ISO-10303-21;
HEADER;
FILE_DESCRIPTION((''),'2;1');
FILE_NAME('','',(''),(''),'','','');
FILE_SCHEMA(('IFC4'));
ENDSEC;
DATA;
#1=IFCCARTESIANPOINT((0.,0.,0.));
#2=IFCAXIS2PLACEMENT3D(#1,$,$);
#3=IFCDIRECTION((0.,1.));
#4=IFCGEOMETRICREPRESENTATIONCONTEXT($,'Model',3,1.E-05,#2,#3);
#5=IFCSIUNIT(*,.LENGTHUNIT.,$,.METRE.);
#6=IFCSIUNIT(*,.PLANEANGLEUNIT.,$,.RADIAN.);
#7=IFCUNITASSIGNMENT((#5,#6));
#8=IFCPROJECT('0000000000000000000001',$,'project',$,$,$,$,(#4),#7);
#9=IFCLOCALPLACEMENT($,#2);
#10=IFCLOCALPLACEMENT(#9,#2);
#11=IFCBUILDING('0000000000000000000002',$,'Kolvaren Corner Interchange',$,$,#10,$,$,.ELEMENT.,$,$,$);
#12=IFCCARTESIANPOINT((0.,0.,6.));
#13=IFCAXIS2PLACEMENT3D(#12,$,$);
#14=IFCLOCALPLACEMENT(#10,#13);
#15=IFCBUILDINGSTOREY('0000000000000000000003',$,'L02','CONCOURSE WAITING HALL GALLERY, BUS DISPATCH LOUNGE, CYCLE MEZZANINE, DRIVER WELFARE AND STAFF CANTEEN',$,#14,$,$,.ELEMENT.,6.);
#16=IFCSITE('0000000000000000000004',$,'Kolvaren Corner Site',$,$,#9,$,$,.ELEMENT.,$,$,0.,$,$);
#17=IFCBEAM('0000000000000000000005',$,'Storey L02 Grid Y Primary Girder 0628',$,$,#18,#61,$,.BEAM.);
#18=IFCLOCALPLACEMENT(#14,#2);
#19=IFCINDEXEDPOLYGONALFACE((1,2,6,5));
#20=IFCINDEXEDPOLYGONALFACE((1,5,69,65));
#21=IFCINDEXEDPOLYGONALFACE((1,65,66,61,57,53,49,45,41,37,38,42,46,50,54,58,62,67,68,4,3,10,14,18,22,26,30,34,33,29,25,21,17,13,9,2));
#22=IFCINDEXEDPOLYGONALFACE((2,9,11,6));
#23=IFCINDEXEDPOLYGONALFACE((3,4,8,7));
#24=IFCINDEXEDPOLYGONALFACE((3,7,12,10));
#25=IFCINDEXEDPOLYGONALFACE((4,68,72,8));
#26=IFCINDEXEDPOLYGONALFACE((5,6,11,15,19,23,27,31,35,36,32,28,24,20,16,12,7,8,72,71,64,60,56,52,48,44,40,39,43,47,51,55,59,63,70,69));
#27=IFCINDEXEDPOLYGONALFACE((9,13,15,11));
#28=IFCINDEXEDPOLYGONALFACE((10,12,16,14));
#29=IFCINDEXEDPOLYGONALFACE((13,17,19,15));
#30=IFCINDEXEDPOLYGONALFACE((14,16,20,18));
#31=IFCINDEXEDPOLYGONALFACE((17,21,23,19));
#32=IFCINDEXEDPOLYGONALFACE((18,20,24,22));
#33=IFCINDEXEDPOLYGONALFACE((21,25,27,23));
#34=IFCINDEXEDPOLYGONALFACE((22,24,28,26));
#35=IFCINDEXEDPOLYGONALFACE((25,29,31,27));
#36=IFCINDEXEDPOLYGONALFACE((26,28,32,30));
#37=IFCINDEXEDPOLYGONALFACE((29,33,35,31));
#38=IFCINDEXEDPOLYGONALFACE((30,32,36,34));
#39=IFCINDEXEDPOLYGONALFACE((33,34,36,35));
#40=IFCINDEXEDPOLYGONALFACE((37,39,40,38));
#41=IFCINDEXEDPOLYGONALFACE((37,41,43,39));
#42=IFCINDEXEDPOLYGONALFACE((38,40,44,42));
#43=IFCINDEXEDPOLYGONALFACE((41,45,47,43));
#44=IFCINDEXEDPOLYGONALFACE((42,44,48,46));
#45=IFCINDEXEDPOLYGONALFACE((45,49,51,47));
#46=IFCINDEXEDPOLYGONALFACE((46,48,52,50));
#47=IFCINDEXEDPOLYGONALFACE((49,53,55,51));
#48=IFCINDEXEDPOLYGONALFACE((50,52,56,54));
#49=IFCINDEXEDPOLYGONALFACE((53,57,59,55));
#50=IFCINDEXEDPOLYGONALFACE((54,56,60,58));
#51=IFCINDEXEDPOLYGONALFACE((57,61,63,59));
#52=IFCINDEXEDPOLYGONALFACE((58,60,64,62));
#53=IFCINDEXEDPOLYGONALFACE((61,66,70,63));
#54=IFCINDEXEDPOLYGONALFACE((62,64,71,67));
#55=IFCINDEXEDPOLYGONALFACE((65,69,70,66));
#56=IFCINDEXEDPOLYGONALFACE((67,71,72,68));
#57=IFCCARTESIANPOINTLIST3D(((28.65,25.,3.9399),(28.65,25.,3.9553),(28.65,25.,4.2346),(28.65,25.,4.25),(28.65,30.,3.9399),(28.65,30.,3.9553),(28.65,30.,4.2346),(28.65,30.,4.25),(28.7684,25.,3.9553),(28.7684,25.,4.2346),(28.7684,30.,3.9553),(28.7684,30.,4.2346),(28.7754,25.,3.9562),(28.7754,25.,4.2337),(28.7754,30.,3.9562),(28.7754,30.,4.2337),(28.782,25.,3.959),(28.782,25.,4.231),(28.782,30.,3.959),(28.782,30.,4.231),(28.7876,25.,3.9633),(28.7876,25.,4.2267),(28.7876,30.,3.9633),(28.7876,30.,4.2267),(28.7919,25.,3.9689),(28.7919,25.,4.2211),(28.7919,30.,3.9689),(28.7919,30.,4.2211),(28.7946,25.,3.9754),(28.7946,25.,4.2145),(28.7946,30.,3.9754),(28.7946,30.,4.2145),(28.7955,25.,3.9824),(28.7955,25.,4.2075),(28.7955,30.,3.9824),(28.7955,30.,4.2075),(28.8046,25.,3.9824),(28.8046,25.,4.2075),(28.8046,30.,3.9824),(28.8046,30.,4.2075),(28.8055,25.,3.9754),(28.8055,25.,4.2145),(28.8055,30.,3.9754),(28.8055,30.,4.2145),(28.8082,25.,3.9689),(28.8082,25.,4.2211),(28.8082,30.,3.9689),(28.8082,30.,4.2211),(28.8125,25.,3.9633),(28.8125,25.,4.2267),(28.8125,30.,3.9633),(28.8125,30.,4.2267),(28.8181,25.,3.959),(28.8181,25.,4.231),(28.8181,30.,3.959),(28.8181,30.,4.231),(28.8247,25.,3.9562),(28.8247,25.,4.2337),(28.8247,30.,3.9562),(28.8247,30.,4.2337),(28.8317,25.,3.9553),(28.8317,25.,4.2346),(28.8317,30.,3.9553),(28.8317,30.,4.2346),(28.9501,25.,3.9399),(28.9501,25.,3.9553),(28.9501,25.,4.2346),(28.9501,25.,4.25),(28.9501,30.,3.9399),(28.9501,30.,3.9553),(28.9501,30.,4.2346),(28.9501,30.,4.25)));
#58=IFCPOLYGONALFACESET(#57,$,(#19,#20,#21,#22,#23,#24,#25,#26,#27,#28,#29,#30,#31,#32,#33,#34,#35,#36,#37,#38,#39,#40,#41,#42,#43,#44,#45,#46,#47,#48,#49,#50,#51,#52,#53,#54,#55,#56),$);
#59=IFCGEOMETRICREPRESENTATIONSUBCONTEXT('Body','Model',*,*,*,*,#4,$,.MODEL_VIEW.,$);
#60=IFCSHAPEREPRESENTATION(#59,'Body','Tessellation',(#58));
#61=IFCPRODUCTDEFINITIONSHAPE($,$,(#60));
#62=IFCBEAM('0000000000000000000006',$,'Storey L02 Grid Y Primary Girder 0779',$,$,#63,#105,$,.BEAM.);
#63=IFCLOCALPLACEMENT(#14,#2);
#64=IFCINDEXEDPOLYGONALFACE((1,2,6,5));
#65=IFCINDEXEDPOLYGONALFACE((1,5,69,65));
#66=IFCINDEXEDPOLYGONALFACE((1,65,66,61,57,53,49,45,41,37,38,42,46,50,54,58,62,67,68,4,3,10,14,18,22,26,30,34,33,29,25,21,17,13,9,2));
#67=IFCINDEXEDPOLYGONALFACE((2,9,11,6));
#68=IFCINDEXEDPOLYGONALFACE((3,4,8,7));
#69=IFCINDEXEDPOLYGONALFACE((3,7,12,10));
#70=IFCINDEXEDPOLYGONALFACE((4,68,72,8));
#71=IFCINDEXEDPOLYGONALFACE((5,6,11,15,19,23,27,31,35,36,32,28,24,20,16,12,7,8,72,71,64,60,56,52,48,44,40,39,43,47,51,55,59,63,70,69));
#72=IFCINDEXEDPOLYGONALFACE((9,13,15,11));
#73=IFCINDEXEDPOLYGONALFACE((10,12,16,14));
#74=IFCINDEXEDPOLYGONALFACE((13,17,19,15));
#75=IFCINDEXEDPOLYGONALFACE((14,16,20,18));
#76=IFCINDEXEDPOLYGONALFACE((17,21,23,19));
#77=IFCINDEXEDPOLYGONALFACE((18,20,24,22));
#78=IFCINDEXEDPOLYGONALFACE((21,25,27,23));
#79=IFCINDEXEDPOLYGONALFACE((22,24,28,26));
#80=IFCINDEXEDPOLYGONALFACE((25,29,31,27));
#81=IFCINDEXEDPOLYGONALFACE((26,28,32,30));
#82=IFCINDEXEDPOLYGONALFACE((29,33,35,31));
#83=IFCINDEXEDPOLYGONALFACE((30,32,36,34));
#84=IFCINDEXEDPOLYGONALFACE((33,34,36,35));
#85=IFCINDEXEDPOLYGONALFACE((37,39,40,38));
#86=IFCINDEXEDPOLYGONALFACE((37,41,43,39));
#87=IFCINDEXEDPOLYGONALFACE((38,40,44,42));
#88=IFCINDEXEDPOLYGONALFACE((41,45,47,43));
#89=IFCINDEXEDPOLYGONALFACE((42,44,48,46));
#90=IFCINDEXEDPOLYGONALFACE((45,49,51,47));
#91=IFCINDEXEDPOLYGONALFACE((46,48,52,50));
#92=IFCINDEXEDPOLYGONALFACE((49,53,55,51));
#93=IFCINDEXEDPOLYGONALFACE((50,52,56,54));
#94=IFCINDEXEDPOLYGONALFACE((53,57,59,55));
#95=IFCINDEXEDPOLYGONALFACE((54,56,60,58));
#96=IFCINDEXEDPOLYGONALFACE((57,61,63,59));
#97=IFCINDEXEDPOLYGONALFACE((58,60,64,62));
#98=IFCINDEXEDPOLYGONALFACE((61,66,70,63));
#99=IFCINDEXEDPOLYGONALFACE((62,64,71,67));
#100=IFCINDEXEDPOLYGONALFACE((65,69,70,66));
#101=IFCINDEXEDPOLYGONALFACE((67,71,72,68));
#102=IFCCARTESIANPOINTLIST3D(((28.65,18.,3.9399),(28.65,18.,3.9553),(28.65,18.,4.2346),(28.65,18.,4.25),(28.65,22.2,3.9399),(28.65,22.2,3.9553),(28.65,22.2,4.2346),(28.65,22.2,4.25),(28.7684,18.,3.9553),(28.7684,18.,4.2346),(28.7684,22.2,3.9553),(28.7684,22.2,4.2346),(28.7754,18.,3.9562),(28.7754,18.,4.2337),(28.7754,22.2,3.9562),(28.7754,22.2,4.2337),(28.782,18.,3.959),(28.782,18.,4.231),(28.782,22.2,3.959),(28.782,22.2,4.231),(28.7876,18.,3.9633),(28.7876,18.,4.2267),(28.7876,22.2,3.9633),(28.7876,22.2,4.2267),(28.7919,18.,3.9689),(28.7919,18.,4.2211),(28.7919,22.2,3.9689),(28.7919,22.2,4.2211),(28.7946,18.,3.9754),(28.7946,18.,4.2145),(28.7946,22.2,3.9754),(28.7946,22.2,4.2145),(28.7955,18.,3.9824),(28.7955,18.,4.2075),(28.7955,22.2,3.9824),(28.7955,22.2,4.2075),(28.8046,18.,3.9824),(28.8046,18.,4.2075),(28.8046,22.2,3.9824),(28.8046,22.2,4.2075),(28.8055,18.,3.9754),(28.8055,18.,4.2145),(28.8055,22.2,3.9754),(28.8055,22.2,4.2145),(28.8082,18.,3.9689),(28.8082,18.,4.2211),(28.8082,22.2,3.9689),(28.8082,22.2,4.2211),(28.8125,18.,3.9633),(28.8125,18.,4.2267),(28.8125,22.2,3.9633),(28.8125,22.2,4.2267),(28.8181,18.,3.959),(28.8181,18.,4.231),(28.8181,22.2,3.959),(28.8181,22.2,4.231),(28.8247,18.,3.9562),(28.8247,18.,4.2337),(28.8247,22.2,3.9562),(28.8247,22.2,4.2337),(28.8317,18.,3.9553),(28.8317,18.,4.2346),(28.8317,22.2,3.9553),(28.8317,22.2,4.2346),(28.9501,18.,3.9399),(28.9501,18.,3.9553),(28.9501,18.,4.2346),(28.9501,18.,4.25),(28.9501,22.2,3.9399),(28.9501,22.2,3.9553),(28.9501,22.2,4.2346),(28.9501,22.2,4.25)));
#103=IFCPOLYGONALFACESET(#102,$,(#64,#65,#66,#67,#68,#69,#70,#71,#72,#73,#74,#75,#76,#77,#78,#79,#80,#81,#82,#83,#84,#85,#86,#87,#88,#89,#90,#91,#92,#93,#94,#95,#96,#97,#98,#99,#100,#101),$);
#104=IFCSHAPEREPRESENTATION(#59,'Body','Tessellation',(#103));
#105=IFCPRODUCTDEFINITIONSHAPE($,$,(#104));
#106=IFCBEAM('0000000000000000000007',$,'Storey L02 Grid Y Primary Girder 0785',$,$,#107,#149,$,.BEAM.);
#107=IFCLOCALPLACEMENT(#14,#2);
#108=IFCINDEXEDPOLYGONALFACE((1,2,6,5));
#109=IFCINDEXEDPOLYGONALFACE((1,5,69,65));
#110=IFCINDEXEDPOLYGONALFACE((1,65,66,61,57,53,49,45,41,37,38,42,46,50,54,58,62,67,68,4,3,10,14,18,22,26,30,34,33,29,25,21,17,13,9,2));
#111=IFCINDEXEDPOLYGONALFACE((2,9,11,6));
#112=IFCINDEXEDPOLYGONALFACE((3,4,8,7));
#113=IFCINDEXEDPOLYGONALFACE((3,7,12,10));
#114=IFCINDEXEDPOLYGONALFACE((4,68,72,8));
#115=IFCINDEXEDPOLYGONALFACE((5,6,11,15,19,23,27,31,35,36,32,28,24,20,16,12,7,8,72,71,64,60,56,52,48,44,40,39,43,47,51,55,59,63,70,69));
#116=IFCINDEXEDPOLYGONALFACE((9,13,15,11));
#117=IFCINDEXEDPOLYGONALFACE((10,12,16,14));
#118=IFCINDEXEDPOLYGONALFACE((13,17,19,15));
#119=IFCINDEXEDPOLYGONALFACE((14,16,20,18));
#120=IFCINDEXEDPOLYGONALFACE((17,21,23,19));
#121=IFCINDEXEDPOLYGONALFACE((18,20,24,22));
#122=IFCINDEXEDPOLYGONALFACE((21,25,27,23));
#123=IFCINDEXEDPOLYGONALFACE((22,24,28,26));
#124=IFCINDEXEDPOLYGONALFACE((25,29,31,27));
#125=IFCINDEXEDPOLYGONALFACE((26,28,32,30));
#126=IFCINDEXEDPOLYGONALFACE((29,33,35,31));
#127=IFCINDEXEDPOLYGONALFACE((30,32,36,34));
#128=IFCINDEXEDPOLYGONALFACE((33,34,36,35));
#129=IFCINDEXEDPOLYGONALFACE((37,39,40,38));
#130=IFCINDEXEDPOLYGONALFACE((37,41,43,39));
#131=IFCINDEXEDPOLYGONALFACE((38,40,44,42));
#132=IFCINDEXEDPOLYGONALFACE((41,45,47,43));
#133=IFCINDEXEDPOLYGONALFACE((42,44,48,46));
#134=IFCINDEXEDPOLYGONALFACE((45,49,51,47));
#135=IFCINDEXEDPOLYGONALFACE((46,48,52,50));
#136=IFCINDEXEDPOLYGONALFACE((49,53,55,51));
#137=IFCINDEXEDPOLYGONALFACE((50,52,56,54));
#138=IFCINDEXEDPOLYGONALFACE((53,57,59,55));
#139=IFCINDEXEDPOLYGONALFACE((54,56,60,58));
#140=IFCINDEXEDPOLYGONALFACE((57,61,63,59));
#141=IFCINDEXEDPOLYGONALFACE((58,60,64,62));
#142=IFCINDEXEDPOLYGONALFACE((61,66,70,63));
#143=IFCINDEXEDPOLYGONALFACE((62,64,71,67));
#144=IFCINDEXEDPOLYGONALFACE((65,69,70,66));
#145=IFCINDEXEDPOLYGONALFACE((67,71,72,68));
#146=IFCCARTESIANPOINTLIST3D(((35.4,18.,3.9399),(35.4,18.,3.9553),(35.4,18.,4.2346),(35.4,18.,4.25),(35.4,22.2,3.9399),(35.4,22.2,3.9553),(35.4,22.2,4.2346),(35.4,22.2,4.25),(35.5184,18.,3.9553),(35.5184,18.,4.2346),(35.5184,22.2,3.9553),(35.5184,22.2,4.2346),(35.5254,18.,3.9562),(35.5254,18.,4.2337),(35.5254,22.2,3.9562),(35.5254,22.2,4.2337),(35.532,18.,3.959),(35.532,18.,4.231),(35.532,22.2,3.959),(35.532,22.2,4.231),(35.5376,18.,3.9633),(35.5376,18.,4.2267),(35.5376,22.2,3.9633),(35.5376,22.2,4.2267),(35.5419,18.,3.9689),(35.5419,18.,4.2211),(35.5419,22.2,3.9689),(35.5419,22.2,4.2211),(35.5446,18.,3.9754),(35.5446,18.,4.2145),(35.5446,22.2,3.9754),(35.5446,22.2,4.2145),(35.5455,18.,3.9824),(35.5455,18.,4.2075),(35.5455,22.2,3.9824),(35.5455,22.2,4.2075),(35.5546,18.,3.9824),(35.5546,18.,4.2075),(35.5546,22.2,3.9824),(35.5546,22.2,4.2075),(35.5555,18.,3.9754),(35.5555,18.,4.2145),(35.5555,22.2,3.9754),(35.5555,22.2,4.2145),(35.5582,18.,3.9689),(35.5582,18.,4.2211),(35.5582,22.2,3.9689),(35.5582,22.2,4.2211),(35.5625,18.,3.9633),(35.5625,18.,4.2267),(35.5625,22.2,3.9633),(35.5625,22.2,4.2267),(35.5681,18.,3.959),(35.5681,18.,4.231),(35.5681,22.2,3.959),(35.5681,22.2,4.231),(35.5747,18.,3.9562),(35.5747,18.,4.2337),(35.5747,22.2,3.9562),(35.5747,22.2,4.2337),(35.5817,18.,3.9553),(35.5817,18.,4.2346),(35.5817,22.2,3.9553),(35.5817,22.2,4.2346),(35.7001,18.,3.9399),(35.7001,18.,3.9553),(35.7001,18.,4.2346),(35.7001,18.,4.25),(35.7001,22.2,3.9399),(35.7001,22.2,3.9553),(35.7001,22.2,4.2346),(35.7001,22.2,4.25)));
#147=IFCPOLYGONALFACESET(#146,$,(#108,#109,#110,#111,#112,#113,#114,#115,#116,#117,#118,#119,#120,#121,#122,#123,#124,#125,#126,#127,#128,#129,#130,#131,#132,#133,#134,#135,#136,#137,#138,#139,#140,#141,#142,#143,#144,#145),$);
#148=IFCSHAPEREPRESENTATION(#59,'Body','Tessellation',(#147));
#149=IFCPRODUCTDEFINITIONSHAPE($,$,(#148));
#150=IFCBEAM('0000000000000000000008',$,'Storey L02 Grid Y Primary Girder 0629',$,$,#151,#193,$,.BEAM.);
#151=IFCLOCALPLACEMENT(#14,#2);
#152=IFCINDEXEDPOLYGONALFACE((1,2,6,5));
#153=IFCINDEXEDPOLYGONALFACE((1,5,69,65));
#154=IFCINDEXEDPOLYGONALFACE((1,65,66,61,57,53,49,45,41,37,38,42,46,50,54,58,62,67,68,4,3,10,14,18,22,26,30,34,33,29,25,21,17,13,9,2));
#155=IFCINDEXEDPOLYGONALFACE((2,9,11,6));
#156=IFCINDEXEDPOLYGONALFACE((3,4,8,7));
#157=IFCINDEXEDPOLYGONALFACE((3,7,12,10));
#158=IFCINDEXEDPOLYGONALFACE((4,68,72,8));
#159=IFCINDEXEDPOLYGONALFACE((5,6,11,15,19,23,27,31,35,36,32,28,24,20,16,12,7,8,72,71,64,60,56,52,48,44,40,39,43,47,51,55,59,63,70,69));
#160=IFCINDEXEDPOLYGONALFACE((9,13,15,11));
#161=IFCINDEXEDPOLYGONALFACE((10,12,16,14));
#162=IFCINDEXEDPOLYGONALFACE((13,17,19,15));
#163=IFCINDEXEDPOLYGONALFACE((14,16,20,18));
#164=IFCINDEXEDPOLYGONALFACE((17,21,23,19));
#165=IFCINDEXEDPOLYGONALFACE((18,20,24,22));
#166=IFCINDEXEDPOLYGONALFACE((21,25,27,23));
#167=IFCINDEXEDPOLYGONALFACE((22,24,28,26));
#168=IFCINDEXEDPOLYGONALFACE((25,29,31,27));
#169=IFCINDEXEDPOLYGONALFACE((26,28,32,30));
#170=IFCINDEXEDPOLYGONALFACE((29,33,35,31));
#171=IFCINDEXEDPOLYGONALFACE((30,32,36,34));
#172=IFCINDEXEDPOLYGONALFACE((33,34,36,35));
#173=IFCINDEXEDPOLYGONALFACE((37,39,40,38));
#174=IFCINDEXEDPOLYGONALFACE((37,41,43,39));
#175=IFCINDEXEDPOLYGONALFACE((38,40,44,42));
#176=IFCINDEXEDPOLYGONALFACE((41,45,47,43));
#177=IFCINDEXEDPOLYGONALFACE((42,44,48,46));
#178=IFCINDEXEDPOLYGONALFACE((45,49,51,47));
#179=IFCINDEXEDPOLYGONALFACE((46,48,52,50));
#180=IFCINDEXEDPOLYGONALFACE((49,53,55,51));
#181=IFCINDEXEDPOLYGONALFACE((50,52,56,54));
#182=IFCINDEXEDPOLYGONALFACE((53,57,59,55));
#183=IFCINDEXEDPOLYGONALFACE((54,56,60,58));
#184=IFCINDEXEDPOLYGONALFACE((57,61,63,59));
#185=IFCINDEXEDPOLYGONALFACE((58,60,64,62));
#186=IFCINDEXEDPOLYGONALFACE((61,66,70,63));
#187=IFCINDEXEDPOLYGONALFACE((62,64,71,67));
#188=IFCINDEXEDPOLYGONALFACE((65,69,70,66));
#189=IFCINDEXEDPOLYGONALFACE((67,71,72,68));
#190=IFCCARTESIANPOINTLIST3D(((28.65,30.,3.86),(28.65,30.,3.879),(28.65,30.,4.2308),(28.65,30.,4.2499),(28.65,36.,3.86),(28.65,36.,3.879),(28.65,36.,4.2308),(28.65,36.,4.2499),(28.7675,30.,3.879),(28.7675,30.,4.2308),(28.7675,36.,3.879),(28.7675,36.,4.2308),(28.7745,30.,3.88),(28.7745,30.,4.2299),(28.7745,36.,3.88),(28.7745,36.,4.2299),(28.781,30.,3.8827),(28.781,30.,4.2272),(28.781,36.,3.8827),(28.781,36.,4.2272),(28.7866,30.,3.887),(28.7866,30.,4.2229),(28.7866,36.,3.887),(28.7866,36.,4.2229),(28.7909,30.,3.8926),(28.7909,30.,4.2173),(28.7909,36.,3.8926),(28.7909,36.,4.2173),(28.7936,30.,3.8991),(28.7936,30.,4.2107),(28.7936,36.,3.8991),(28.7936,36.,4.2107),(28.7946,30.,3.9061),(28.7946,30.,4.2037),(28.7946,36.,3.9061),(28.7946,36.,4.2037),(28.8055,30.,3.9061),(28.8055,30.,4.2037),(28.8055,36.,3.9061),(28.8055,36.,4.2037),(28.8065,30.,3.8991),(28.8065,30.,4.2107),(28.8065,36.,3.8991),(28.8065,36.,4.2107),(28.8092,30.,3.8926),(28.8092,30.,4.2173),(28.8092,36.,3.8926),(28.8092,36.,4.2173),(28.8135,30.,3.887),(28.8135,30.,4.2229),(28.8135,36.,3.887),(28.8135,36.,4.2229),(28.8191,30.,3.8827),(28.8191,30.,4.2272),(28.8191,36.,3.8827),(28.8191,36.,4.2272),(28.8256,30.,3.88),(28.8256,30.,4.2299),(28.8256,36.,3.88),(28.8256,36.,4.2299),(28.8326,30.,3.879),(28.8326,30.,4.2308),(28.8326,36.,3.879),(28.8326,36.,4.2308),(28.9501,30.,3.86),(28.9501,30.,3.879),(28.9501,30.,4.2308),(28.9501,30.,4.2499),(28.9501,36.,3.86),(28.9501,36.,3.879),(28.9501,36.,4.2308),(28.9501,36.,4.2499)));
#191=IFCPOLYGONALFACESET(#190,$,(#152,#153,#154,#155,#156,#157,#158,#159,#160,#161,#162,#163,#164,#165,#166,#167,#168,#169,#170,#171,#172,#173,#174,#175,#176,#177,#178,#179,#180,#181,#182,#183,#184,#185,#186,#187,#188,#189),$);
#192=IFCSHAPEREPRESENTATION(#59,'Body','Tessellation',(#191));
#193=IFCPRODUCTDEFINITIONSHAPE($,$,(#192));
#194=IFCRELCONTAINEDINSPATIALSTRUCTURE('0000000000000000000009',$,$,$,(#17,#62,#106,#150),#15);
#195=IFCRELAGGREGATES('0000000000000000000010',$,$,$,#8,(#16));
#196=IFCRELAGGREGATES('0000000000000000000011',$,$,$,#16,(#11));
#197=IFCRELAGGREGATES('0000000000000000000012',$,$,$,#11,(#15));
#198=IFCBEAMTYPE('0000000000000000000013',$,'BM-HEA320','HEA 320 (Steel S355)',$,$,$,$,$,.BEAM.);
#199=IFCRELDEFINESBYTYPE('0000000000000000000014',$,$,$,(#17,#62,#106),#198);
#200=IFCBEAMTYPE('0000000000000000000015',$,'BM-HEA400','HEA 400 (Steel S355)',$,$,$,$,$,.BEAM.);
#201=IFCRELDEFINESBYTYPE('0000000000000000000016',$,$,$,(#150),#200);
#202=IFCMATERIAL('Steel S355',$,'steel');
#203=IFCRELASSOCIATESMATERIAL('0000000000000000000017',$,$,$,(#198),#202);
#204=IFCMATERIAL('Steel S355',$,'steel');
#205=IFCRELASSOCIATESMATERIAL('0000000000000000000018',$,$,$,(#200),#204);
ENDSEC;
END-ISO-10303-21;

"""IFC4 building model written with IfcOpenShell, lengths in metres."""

from ifc_helpers import new_model, si_unit, direction, frame, origin, origin_2d, place, context, subcontext, project, spatial, i_section, extrude, material, material_profile, profile_set, type_object, element, save


model = new_model("IFC4")

# Units and contexts
model_context = context("Model", 3, precision=1e-05, world=origin(), true_north=direction((0.0, 1.0)))
body_context = subcontext(model_context, "Body", "Model", "MODEL_VIEW")
ifc_project = project(units=[si_unit("LENGTHUNIT", "METRE"), si_unit("PLANEANGLEUNIT", "RADIAN")], contexts=[model_context])

# Site, building, storey
site_placement = place(None, origin())
site = spatial("IfcSite", under=ifc_project, at=site_placement, Name="Kolvaren Corner Site", CompositionType="ELEMENT", RefElevation=0.0)
building_placement = place(site_placement, origin())
building = spatial("IfcBuilding", under=site, at=building_placement, Name="Kolvaren Corner Interchange", CompositionType="ELEMENT")
storey_placement = place(building_placement, frame((0.0, 0.0, 6.0)))
storey = spatial("IfcBuildingStorey", under=building, at=storey_placement, Name="L02", Description="CONCOURSE WAITING HALL GALLERY, BUS DISPATCH LOUNGE, CYCLE MEZZANINE, DRIVER WELFARE AND STAFF CANTEEN", CompositionType="ELEMENT", Elevation=6.0)

# Beams
ifc_material_1 = material(Name="Steel S355", Category="steel")
ifc_material_profile_1 = material_profile(ifc_material_1, i_section(OverallWidth=0.3, OverallDepth=0.3101, WebThickness=0.009, FlangeThickness=0.0154, FilletRadius=0.0271, at=origin_2d()), Name="HEA 320")
ifc_profile_set_1 = profile_set([ifc_material_profile_1], Name="Steel S355")
beam_type_1 = type_object("IfcBeamType", Name="BM-HEA320", Description="HEA 320 (Steel S355)", PredefinedType="BEAM", material=ifc_profile_set_1)
beam_1_placement = place(storey_placement, frame((28.8, 25.0, 4.095), z_axis=(0.0, 1.0, 0.0), x_axis=(-1.0, 0.0, 0.0)))
element("IfcBeam", 1, at=beam_1_placement, inside=storey, type_object=beam_type_1, Name="Storey L02 Grid Y Primary Girder 0628", PredefinedType="BEAM", context=body_context, shape_type="SweptSolid", body=[
    extrude(i_section(OverallWidth=0.3, OverallDepth=0.3101, WebThickness=0.009, FlangeThickness=0.0154, FilletRadius=0.0271, at=origin_2d()), origin(), (0.0, 0.0, 1.0), 5.0),
])
for number, where, z_axis, x_axis, name in (
    (2, (28.8, 18.0, 4.095), (0.0, 1.0, 0.0), (-1.0, 0.0, 0.0), "Storey L02 Grid Y Primary Girder 0779"),
    (3, (35.55, 18.0, 4.095), (0.0, 1.0, 0.0), (-1.0, 0.0, 0.0), "Storey L02 Grid Y Primary Girder 0785"),
):
    element("IfcBeam", number, at=place(storey_placement, frame(where, z_axis=z_axis, x_axis=x_axis)), inside=storey, type_object=beam_type_1, Name=name, PredefinedType="BEAM", context=body_context, shape_type="SweptSolid", body=[
        extrude(i_section(OverallWidth=0.3, OverallDepth=0.3101, WebThickness=0.009, FlangeThickness=0.0154, FilletRadius=0.0271, at=origin_2d()), origin(), (0.0, 0.0, 1.0), 4.2),
    ])
ifc_material_2 = material(Name="Steel S355", Category="steel")
ifc_material_profile_2 = material_profile(ifc_material_2, i_section(OverallWidth=0.3, OverallDepth=0.3899, WebThickness=0.011, FlangeThickness=0.019, FilletRadius=0.0271, at=origin_2d()), Name="HEA 400")
ifc_profile_set_2 = profile_set([ifc_material_profile_2], Name="Steel S355")
beam_type_2 = type_object("IfcBeamType", Name="BM-HEA400", Description="HEA 400 (Steel S355)", PredefinedType="BEAM", material=ifc_profile_set_2)
for number, where, z_axis, x_axis, name in (
    (4, (28.8, 30.0, 4.0549), (0.0, 1.0, 0.0), (-1.0, 0.0, 0.0), "Storey L02 Grid Y Primary Girder 0629"),
):
    element("IfcBeam", number, at=place(storey_placement, frame(where, z_axis=z_axis, x_axis=x_axis)), inside=storey, type_object=beam_type_2, Name=name, PredefinedType="BEAM", context=body_context, shape_type="SweptSolid", body=[
        extrude(i_section(OverallWidth=0.3, OverallDepth=0.3899, WebThickness=0.011, FlangeThickness=0.019, FilletRadius=0.0271, at=origin_2d()), origin(), (0.0, 0.0, 1.0), 6.0),
    ])

save(model, "model.ifc")
